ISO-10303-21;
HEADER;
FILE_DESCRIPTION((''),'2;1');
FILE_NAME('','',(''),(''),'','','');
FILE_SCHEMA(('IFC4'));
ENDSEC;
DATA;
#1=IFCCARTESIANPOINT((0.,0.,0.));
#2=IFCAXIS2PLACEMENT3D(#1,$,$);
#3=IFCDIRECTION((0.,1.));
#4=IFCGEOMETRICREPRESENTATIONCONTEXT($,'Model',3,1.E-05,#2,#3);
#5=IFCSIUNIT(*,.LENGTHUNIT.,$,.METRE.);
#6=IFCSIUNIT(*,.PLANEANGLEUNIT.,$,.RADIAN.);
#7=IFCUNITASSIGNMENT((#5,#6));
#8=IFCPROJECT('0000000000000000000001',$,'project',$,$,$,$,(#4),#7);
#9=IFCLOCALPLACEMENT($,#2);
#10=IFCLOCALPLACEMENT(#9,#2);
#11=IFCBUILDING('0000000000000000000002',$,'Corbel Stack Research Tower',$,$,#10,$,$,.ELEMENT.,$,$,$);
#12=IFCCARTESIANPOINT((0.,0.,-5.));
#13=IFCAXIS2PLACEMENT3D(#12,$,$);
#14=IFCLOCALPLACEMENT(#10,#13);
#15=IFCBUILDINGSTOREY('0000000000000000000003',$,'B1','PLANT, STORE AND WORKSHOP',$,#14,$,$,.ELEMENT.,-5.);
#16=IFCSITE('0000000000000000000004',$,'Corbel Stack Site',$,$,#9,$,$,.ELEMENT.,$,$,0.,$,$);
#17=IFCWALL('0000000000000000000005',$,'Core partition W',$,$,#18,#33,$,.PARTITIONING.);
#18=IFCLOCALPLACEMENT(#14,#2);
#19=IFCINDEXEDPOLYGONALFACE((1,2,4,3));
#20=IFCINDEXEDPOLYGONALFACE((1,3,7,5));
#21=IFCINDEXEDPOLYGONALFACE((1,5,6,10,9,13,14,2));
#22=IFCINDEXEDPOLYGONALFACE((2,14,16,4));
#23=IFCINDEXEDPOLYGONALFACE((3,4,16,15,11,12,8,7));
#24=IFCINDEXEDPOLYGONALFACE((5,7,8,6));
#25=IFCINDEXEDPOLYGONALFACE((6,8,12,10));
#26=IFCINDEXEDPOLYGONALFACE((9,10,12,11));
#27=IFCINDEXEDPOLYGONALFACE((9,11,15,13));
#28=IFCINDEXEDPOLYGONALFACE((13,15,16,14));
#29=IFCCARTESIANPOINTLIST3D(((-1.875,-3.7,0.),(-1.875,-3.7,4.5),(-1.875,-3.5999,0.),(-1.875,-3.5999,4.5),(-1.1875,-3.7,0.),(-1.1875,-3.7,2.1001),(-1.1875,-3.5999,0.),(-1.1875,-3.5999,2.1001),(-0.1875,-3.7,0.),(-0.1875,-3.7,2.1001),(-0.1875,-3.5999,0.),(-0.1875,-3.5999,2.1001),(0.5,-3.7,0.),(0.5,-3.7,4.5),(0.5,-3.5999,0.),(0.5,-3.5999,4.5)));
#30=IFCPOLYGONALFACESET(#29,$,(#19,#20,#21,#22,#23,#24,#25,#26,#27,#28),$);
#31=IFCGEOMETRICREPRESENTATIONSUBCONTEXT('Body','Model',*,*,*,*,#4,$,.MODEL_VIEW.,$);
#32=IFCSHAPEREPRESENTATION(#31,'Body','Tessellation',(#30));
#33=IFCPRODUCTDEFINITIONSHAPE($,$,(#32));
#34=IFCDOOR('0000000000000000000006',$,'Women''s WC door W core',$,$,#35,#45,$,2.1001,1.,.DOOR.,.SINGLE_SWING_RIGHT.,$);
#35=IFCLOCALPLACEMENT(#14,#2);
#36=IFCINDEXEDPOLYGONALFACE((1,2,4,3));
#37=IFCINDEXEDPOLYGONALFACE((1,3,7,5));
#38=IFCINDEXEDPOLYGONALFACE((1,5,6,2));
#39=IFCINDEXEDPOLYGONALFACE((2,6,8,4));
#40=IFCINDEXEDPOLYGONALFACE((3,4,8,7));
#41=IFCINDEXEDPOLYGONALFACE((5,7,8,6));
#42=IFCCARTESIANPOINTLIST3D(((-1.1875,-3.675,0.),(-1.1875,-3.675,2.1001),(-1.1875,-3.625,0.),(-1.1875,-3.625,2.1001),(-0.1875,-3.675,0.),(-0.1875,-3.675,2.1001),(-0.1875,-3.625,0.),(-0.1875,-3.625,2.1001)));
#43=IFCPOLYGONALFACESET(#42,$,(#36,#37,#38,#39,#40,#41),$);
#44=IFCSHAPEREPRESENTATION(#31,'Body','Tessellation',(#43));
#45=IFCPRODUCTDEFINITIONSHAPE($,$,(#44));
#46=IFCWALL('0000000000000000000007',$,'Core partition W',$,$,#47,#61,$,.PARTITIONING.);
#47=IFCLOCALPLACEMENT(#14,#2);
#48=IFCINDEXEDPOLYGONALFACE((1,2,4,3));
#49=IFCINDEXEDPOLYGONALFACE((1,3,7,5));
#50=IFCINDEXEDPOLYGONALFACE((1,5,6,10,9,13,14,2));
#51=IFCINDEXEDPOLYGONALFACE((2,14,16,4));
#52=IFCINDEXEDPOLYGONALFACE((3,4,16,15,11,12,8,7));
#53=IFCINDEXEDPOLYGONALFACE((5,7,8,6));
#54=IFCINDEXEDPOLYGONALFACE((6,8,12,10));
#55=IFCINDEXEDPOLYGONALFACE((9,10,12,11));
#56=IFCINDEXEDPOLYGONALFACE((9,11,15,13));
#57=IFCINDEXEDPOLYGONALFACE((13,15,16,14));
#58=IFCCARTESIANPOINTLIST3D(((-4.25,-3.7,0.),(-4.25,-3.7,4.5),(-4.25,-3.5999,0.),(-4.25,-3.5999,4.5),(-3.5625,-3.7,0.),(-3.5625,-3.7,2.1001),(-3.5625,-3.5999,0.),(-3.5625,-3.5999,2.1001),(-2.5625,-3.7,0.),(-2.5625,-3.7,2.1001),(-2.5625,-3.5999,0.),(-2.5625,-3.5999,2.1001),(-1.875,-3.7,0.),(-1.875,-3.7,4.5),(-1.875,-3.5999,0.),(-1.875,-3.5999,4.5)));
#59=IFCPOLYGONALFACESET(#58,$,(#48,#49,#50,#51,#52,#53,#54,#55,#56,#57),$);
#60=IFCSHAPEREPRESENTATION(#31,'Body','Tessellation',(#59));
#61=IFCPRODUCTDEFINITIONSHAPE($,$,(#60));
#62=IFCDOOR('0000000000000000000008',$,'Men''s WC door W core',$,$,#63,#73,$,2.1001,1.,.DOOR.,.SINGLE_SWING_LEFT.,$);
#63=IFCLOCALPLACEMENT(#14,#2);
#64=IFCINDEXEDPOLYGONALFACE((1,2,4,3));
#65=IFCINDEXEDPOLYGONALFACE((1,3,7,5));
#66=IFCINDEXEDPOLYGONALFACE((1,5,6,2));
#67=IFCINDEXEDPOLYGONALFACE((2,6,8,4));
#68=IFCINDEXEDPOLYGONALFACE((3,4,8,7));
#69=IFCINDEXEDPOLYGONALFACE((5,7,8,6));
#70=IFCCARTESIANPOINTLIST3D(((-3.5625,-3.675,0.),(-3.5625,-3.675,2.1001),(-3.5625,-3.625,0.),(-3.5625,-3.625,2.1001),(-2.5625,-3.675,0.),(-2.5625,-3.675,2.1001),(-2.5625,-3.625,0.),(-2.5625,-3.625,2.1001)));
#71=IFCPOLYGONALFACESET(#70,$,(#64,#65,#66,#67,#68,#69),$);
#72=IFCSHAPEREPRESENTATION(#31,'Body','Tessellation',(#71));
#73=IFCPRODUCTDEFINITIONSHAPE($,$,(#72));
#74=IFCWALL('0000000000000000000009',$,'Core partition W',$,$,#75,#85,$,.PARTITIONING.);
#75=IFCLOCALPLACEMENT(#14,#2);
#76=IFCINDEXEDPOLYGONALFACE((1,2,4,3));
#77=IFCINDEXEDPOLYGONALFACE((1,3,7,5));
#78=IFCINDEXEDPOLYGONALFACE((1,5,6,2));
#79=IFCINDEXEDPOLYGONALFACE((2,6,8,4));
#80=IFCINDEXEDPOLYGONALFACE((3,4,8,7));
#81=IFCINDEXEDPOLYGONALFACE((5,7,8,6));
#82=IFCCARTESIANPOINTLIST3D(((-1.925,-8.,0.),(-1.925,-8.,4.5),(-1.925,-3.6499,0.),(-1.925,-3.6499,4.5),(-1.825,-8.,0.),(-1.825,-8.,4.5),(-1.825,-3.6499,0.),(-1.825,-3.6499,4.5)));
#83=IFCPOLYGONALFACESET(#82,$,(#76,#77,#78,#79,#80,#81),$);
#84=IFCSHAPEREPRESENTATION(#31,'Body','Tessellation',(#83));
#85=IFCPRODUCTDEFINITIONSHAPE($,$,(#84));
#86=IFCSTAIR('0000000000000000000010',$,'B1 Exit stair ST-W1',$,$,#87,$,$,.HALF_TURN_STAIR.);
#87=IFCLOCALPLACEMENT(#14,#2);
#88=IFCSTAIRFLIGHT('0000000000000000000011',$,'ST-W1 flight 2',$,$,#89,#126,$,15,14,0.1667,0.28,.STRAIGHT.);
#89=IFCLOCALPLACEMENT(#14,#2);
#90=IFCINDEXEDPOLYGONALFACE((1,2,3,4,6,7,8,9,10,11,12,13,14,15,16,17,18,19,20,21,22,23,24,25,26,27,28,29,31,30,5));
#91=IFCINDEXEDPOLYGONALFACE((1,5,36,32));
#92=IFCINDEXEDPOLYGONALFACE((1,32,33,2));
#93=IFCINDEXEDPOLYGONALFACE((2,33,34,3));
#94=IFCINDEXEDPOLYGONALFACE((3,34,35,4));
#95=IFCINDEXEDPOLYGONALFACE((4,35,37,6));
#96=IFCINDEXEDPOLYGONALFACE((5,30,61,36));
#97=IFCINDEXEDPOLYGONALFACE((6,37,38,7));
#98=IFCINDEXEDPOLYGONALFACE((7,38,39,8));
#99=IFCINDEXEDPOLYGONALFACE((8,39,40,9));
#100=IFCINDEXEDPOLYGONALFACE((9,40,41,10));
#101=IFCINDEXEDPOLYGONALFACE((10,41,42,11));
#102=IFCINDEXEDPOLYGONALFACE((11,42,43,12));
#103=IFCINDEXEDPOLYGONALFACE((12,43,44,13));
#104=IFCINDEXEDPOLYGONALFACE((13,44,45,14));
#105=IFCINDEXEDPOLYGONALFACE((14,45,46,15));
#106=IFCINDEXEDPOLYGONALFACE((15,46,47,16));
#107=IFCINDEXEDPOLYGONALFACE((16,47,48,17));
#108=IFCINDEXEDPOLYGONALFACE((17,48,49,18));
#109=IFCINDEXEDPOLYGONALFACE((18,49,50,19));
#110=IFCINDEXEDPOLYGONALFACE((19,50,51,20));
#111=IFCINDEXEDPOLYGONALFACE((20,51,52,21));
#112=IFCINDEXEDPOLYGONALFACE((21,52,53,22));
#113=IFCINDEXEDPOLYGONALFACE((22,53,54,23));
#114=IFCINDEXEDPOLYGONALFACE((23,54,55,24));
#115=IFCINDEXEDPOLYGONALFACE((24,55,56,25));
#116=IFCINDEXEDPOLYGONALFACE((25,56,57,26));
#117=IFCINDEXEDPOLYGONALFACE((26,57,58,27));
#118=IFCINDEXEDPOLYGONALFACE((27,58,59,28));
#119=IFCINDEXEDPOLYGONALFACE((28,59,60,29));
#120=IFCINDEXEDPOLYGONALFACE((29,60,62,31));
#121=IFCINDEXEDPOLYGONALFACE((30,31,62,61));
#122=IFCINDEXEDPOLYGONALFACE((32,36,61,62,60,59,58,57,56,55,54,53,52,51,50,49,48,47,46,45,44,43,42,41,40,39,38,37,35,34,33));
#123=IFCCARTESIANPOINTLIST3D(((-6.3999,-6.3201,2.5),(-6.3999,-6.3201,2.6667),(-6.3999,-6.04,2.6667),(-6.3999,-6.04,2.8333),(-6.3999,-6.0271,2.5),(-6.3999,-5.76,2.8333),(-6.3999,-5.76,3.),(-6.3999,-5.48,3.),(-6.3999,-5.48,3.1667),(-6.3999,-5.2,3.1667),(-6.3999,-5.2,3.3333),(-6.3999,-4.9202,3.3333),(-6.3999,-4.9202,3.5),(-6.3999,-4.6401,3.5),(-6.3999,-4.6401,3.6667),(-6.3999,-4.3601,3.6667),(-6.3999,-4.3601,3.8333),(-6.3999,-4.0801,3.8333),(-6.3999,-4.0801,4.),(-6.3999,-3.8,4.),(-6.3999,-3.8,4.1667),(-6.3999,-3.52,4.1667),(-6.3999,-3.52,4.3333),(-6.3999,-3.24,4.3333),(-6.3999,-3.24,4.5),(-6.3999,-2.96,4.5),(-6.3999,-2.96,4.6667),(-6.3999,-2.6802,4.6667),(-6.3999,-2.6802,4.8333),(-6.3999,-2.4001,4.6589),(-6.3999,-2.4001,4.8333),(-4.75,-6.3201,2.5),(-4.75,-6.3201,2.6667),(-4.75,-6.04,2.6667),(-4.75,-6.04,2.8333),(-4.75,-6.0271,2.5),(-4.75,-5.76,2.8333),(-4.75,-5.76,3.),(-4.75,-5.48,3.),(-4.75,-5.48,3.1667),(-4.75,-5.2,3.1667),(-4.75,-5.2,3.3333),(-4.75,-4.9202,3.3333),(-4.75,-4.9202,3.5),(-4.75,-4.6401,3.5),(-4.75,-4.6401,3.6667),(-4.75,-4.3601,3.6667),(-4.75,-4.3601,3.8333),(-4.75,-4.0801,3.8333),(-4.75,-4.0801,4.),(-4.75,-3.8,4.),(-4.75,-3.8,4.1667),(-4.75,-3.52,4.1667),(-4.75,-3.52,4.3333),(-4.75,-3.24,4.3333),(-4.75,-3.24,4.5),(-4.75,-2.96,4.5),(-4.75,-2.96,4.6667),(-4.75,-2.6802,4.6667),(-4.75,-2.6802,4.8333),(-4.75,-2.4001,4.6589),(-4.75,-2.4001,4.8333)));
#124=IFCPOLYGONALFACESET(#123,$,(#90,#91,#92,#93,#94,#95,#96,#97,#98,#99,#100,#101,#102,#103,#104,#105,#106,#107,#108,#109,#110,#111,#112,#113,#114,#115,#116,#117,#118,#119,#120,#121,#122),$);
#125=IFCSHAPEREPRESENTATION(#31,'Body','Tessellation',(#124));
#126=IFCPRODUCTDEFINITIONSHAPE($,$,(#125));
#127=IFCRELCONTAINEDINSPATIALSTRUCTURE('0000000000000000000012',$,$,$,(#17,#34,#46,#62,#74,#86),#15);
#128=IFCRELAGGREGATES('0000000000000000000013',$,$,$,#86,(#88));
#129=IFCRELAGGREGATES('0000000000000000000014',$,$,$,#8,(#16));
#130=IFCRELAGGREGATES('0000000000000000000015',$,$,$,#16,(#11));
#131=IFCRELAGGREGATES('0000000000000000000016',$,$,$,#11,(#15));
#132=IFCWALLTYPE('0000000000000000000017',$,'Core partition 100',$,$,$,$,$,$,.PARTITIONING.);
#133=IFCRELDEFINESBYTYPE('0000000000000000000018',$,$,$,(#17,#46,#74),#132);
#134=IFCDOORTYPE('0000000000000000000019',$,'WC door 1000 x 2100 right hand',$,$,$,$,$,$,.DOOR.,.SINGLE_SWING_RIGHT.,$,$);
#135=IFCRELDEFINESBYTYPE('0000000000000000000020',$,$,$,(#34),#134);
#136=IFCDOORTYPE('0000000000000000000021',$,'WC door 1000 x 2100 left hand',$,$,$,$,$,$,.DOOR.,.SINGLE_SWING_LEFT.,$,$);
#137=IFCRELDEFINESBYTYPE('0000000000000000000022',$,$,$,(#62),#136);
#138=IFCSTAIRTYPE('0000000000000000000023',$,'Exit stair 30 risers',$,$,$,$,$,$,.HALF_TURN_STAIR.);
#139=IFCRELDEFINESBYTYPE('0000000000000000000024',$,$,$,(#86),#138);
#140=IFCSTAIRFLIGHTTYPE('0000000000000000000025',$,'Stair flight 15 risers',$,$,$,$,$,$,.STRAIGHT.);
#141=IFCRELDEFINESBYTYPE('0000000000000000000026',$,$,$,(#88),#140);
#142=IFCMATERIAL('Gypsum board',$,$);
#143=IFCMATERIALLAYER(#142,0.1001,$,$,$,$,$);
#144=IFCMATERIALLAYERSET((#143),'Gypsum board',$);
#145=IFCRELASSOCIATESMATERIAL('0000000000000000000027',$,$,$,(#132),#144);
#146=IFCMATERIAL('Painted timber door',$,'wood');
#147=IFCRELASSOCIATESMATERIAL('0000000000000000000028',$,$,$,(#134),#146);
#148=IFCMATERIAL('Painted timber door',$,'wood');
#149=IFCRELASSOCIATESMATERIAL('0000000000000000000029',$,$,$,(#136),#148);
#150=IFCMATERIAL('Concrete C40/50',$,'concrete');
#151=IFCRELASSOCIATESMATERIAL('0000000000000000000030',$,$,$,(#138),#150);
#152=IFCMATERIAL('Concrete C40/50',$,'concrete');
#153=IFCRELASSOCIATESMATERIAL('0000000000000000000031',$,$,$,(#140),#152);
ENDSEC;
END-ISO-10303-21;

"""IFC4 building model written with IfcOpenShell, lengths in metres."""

from ifc_helpers import new_model, si_unit, direction, frame, frame_2d, origin, place, context, subcontext, project, spatial, polyline, rectangle, outline, extrude, material, layer, layer_set, type_object, element, fill, aggregate, save


model = new_model("IFC4")

# Units and contexts
model_context = context("Model", 3, precision=1e-05, world=origin(), true_north=direction((0.0, 1.0)))
body_context = subcontext(model_context, "Body", "Model", "MODEL_VIEW")
ifc_project = project(units=[si_unit("LENGTHUNIT", "METRE"), si_unit("PLANEANGLEUNIT", "RADIAN")], contexts=[model_context])

# Site, building, storey
site_placement = place(None, origin())
site = spatial("IfcSite", under=ifc_project, at=site_placement, Name="Corbel Stack Site", CompositionType="ELEMENT", RefElevation=0.0)
building_placement = place(site_placement, origin())
building = spatial("IfcBuilding", under=site, at=building_placement, Name="Corbel Stack Research Tower", CompositionType="ELEMENT")
storey_placement = place(building_placement, frame((0.0, 0.0, -5.0)))
storey = spatial("IfcBuildingStorey", under=building, at=storey_placement, Name="B1", Description="PLANT, STORE AND WORKSHOP", CompositionType="ELEMENT", Elevation=-5.0)

# Walls, openings, doors
ifc_material_1 = material(Name="Gypsum board")
ifc_layer_1 = layer(ifc_material_1, 0.1001)
ifc_layer_set_1 = layer_set([ifc_layer_1], Name="Gypsum board")
wall_type_1 = type_object("IfcWallType", Name="Core partition 100", PredefinedType="PARTITIONING", material=ifc_layer_set_1)
wall_1_placement = place(storey_placement, frame((-1.875, -3.6499, 0.0), z_axis=(0.0, 0.0, 1.0), x_axis=(1.0, 0.0, 0.0)))
wall_1 = element("IfcWall", 1, at=wall_1_placement, inside=storey, type_object=wall_type_1, Name="Core partition W", PredefinedType="PARTITIONING", context=body_context, shape_type="SweptSolid", body=[
    extrude(rectangle(XDim=2.375, YDim=0.1001, at=frame_2d((1.1875, 0.0))), origin(), (0.0, 0.0, 1.0), 4.5),
])
opening_1_placement = place(wall_1_placement, frame((0.6875, 0.0, 0.0)))
opening_1 = element("IfcOpeningElement", 2, at=opening_1_placement, cuts=wall_1, PredefinedType="OPENING", context=body_context, shape_type="SweptSolid", body=[
    extrude(rectangle(XDim=1.0, YDim=2.1001, at=frame_2d((0.5, 1.05))), frame((0.0, 0.0601, 0.0), z_axis=(0.0, -1.0, 0.0), x_axis=(1.0, 0.0, 0.0)), (0.0, 0.0, 1.0), 0.1201),
])
ifc_material_2 = material(Name="Painted timber door", Category="wood")
door_type_1 = type_object("IfcDoorType", Name="WC door 1000 x 2100 right hand", OperationType="SINGLE_SWING_RIGHT", PredefinedType="DOOR", material=ifc_material_2)
door_1_placement = place(opening_1_placement, origin())
door_1 = element("IfcDoor", 3, at=door_1_placement, inside=storey, type_object=door_type_1, Name="Women's WC door W core", OperationType="SINGLE_SWING_RIGHT", OverallHeight=2.1001, OverallWidth=1.0, PredefinedType="DOOR", context=body_context, shape_type="SweptSolid", body=[
    extrude(rectangle(XDim=1.0, YDim=2.1001, at=frame_2d((0.5, 1.05))), frame((0.0, 0.0249, 0.0), z_axis=(0.0, -1.0, 0.0), x_axis=(1.0, 0.0, 0.0)), (0.0, 0.0, 1.0), 0.05),
])
fill(opening_1, door_1)
wall_2_placement = place(storey_placement, frame((-4.25, -3.6499, 0.0), z_axis=(0.0, 0.0, 1.0), x_axis=(1.0, 0.0, 0.0)))
wall_2 = element("IfcWall", 4, at=wall_2_placement, inside=storey, type_object=wall_type_1, Name="Core partition W", PredefinedType="PARTITIONING", context=body_context, shape_type="SweptSolid", body=[
    extrude(rectangle(XDim=2.375, YDim=0.1001, at=frame_2d((1.1875, 0.0))), origin(), (0.0, 0.0, 1.0), 4.5),
])
opening_2_placement = place(wall_2_placement, frame((0.6875, 0.0, 0.0)))
opening_2 = element("IfcOpeningElement", 5, at=opening_2_placement, cuts=wall_2, PredefinedType="OPENING", context=body_context, shape_type="SweptSolid", body=[
    extrude(rectangle(XDim=1.0, YDim=2.1001, at=frame_2d((0.5, 1.05))), frame((0.0, 0.0601, 0.0), z_axis=(0.0, -1.0, 0.0), x_axis=(1.0, 0.0, 0.0)), (0.0, 0.0, 1.0), 0.1201),
])
ifc_material_3 = material(Name="Painted timber door", Category="wood")
door_type_2 = type_object("IfcDoorType", Name="WC door 1000 x 2100 left hand", OperationType="SINGLE_SWING_LEFT", PredefinedType="DOOR", material=ifc_material_3)
door_2_placement = place(opening_2_placement, origin())
door_2 = element("IfcDoor", 6, at=door_2_placement, inside=storey, type_object=door_type_2, Name="Men's WC door W core", OperationType="SINGLE_SWING_LEFT", OverallHeight=2.1001, OverallWidth=1.0, PredefinedType="DOOR", context=body_context, shape_type="SweptSolid", body=[
    extrude(rectangle(XDim=1.0, YDim=2.1001, at=frame_2d((0.5, 1.05))), frame((0.0, 0.0249, 0.0), z_axis=(0.0, -1.0, 0.0), x_axis=(1.0, 0.0, 0.0)), (0.0, 0.0, 1.0), 0.05),
])
fill(opening_2, door_2)

# Wall
wall_3_placement = place(storey_placement, frame((-1.875, -8.0, 0.0), z_axis=(0.0, 0.0, 1.0), x_axis=(0.0, 1.0, 0.0)))
element("IfcWall", 7, at=wall_3_placement, inside=storey, type_object=wall_type_1, Name="Core partition W", PredefinedType="PARTITIONING", context=body_context, shape_type="SweptSolid", body=[
    extrude(rectangle(XDim=4.3501, YDim=0.1001, at=frame_2d((2.175, 0.0))), origin(), (0.0, 0.0, 1.0), 4.5),
])

# Stair, stair flight
ifc_material_4 = material(Name="Concrete C40/50", Category="concrete")
stair_type = type_object("IfcStairType", Name="Exit stair 30 risers", PredefinedType="HALF_TURN_STAIR", material=ifc_material_4)
stair_placement = place(storey_placement, origin())
stair = element("IfcStair", 8, at=stair_placement, inside=storey, type_object=stair_type, Name="B1 Exit stair ST-W1", PredefinedType="HALF_TURN_STAIR")
ifc_material_5 = material(Name="Concrete C40/50", Category="concrete")
stair_flight_type = type_object("IfcStairFlightType", Name="Stair flight 15 risers", PredefinedType="STRAIGHT", material=ifc_material_5)
stair_flight_placement = place(storey_placement, frame((-5.575, -6.3201, 2.5), z_axis=(0.0, 0.0, 1.0), x_axis=(0.0, 1.0, 0.0)))
stair_flight = element("IfcStairFlight", 9, at=stair_flight_placement, type_object=stair_flight_type, Name="ST-W1 flight 2", NumberOfRisers=15, NumberOfTreads=14, PredefinedType="STRAIGHT", RiserHeight=0.1667, TreadLength=0.28, context=body_context, shape_type="SweptSolid", body=[
    extrude(outline(polyline([(0.0, 0.0), (0.0, 0.1667), (0.28, 0.1667), (0.28, 0.3333), (0.5601, 0.3333), (0.5601, 0.5), (0.8401, 0.5), (0.8401, 0.6667), (1.1201, 0.6667), (1.1201, 0.8333), (1.3999, 0.8333), (1.3999, 1.0), (1.6799, 1.0), (1.6799, 1.1667), (1.96, 1.1667), (1.96, 1.3333), (2.24, 1.3333), (2.24, 1.5), (2.52, 1.5), (2.52, 1.6667), (2.8, 1.6667), (2.8, 1.8333), (3.0801, 1.8333), (3.0801, 2.0), (3.3601, 2.0), (3.3601, 2.1667), (3.6399, 2.1667), (3.6399, 2.3333), (3.9199, 2.3333), (3.9199, 2.5), (3.9199, 2.1589), (0.293, 0.0), (0.0, 0.0)])), frame((0.0, 0.825, 0.0), z_axis=(0.0, -1.0, 0.0), x_axis=(1.0, 0.0, 0.0)), (0.0, 0.0, 1.0), 1.6499),
])
aggregate(stair, [stair_flight])

save(model, "model.ifc")
